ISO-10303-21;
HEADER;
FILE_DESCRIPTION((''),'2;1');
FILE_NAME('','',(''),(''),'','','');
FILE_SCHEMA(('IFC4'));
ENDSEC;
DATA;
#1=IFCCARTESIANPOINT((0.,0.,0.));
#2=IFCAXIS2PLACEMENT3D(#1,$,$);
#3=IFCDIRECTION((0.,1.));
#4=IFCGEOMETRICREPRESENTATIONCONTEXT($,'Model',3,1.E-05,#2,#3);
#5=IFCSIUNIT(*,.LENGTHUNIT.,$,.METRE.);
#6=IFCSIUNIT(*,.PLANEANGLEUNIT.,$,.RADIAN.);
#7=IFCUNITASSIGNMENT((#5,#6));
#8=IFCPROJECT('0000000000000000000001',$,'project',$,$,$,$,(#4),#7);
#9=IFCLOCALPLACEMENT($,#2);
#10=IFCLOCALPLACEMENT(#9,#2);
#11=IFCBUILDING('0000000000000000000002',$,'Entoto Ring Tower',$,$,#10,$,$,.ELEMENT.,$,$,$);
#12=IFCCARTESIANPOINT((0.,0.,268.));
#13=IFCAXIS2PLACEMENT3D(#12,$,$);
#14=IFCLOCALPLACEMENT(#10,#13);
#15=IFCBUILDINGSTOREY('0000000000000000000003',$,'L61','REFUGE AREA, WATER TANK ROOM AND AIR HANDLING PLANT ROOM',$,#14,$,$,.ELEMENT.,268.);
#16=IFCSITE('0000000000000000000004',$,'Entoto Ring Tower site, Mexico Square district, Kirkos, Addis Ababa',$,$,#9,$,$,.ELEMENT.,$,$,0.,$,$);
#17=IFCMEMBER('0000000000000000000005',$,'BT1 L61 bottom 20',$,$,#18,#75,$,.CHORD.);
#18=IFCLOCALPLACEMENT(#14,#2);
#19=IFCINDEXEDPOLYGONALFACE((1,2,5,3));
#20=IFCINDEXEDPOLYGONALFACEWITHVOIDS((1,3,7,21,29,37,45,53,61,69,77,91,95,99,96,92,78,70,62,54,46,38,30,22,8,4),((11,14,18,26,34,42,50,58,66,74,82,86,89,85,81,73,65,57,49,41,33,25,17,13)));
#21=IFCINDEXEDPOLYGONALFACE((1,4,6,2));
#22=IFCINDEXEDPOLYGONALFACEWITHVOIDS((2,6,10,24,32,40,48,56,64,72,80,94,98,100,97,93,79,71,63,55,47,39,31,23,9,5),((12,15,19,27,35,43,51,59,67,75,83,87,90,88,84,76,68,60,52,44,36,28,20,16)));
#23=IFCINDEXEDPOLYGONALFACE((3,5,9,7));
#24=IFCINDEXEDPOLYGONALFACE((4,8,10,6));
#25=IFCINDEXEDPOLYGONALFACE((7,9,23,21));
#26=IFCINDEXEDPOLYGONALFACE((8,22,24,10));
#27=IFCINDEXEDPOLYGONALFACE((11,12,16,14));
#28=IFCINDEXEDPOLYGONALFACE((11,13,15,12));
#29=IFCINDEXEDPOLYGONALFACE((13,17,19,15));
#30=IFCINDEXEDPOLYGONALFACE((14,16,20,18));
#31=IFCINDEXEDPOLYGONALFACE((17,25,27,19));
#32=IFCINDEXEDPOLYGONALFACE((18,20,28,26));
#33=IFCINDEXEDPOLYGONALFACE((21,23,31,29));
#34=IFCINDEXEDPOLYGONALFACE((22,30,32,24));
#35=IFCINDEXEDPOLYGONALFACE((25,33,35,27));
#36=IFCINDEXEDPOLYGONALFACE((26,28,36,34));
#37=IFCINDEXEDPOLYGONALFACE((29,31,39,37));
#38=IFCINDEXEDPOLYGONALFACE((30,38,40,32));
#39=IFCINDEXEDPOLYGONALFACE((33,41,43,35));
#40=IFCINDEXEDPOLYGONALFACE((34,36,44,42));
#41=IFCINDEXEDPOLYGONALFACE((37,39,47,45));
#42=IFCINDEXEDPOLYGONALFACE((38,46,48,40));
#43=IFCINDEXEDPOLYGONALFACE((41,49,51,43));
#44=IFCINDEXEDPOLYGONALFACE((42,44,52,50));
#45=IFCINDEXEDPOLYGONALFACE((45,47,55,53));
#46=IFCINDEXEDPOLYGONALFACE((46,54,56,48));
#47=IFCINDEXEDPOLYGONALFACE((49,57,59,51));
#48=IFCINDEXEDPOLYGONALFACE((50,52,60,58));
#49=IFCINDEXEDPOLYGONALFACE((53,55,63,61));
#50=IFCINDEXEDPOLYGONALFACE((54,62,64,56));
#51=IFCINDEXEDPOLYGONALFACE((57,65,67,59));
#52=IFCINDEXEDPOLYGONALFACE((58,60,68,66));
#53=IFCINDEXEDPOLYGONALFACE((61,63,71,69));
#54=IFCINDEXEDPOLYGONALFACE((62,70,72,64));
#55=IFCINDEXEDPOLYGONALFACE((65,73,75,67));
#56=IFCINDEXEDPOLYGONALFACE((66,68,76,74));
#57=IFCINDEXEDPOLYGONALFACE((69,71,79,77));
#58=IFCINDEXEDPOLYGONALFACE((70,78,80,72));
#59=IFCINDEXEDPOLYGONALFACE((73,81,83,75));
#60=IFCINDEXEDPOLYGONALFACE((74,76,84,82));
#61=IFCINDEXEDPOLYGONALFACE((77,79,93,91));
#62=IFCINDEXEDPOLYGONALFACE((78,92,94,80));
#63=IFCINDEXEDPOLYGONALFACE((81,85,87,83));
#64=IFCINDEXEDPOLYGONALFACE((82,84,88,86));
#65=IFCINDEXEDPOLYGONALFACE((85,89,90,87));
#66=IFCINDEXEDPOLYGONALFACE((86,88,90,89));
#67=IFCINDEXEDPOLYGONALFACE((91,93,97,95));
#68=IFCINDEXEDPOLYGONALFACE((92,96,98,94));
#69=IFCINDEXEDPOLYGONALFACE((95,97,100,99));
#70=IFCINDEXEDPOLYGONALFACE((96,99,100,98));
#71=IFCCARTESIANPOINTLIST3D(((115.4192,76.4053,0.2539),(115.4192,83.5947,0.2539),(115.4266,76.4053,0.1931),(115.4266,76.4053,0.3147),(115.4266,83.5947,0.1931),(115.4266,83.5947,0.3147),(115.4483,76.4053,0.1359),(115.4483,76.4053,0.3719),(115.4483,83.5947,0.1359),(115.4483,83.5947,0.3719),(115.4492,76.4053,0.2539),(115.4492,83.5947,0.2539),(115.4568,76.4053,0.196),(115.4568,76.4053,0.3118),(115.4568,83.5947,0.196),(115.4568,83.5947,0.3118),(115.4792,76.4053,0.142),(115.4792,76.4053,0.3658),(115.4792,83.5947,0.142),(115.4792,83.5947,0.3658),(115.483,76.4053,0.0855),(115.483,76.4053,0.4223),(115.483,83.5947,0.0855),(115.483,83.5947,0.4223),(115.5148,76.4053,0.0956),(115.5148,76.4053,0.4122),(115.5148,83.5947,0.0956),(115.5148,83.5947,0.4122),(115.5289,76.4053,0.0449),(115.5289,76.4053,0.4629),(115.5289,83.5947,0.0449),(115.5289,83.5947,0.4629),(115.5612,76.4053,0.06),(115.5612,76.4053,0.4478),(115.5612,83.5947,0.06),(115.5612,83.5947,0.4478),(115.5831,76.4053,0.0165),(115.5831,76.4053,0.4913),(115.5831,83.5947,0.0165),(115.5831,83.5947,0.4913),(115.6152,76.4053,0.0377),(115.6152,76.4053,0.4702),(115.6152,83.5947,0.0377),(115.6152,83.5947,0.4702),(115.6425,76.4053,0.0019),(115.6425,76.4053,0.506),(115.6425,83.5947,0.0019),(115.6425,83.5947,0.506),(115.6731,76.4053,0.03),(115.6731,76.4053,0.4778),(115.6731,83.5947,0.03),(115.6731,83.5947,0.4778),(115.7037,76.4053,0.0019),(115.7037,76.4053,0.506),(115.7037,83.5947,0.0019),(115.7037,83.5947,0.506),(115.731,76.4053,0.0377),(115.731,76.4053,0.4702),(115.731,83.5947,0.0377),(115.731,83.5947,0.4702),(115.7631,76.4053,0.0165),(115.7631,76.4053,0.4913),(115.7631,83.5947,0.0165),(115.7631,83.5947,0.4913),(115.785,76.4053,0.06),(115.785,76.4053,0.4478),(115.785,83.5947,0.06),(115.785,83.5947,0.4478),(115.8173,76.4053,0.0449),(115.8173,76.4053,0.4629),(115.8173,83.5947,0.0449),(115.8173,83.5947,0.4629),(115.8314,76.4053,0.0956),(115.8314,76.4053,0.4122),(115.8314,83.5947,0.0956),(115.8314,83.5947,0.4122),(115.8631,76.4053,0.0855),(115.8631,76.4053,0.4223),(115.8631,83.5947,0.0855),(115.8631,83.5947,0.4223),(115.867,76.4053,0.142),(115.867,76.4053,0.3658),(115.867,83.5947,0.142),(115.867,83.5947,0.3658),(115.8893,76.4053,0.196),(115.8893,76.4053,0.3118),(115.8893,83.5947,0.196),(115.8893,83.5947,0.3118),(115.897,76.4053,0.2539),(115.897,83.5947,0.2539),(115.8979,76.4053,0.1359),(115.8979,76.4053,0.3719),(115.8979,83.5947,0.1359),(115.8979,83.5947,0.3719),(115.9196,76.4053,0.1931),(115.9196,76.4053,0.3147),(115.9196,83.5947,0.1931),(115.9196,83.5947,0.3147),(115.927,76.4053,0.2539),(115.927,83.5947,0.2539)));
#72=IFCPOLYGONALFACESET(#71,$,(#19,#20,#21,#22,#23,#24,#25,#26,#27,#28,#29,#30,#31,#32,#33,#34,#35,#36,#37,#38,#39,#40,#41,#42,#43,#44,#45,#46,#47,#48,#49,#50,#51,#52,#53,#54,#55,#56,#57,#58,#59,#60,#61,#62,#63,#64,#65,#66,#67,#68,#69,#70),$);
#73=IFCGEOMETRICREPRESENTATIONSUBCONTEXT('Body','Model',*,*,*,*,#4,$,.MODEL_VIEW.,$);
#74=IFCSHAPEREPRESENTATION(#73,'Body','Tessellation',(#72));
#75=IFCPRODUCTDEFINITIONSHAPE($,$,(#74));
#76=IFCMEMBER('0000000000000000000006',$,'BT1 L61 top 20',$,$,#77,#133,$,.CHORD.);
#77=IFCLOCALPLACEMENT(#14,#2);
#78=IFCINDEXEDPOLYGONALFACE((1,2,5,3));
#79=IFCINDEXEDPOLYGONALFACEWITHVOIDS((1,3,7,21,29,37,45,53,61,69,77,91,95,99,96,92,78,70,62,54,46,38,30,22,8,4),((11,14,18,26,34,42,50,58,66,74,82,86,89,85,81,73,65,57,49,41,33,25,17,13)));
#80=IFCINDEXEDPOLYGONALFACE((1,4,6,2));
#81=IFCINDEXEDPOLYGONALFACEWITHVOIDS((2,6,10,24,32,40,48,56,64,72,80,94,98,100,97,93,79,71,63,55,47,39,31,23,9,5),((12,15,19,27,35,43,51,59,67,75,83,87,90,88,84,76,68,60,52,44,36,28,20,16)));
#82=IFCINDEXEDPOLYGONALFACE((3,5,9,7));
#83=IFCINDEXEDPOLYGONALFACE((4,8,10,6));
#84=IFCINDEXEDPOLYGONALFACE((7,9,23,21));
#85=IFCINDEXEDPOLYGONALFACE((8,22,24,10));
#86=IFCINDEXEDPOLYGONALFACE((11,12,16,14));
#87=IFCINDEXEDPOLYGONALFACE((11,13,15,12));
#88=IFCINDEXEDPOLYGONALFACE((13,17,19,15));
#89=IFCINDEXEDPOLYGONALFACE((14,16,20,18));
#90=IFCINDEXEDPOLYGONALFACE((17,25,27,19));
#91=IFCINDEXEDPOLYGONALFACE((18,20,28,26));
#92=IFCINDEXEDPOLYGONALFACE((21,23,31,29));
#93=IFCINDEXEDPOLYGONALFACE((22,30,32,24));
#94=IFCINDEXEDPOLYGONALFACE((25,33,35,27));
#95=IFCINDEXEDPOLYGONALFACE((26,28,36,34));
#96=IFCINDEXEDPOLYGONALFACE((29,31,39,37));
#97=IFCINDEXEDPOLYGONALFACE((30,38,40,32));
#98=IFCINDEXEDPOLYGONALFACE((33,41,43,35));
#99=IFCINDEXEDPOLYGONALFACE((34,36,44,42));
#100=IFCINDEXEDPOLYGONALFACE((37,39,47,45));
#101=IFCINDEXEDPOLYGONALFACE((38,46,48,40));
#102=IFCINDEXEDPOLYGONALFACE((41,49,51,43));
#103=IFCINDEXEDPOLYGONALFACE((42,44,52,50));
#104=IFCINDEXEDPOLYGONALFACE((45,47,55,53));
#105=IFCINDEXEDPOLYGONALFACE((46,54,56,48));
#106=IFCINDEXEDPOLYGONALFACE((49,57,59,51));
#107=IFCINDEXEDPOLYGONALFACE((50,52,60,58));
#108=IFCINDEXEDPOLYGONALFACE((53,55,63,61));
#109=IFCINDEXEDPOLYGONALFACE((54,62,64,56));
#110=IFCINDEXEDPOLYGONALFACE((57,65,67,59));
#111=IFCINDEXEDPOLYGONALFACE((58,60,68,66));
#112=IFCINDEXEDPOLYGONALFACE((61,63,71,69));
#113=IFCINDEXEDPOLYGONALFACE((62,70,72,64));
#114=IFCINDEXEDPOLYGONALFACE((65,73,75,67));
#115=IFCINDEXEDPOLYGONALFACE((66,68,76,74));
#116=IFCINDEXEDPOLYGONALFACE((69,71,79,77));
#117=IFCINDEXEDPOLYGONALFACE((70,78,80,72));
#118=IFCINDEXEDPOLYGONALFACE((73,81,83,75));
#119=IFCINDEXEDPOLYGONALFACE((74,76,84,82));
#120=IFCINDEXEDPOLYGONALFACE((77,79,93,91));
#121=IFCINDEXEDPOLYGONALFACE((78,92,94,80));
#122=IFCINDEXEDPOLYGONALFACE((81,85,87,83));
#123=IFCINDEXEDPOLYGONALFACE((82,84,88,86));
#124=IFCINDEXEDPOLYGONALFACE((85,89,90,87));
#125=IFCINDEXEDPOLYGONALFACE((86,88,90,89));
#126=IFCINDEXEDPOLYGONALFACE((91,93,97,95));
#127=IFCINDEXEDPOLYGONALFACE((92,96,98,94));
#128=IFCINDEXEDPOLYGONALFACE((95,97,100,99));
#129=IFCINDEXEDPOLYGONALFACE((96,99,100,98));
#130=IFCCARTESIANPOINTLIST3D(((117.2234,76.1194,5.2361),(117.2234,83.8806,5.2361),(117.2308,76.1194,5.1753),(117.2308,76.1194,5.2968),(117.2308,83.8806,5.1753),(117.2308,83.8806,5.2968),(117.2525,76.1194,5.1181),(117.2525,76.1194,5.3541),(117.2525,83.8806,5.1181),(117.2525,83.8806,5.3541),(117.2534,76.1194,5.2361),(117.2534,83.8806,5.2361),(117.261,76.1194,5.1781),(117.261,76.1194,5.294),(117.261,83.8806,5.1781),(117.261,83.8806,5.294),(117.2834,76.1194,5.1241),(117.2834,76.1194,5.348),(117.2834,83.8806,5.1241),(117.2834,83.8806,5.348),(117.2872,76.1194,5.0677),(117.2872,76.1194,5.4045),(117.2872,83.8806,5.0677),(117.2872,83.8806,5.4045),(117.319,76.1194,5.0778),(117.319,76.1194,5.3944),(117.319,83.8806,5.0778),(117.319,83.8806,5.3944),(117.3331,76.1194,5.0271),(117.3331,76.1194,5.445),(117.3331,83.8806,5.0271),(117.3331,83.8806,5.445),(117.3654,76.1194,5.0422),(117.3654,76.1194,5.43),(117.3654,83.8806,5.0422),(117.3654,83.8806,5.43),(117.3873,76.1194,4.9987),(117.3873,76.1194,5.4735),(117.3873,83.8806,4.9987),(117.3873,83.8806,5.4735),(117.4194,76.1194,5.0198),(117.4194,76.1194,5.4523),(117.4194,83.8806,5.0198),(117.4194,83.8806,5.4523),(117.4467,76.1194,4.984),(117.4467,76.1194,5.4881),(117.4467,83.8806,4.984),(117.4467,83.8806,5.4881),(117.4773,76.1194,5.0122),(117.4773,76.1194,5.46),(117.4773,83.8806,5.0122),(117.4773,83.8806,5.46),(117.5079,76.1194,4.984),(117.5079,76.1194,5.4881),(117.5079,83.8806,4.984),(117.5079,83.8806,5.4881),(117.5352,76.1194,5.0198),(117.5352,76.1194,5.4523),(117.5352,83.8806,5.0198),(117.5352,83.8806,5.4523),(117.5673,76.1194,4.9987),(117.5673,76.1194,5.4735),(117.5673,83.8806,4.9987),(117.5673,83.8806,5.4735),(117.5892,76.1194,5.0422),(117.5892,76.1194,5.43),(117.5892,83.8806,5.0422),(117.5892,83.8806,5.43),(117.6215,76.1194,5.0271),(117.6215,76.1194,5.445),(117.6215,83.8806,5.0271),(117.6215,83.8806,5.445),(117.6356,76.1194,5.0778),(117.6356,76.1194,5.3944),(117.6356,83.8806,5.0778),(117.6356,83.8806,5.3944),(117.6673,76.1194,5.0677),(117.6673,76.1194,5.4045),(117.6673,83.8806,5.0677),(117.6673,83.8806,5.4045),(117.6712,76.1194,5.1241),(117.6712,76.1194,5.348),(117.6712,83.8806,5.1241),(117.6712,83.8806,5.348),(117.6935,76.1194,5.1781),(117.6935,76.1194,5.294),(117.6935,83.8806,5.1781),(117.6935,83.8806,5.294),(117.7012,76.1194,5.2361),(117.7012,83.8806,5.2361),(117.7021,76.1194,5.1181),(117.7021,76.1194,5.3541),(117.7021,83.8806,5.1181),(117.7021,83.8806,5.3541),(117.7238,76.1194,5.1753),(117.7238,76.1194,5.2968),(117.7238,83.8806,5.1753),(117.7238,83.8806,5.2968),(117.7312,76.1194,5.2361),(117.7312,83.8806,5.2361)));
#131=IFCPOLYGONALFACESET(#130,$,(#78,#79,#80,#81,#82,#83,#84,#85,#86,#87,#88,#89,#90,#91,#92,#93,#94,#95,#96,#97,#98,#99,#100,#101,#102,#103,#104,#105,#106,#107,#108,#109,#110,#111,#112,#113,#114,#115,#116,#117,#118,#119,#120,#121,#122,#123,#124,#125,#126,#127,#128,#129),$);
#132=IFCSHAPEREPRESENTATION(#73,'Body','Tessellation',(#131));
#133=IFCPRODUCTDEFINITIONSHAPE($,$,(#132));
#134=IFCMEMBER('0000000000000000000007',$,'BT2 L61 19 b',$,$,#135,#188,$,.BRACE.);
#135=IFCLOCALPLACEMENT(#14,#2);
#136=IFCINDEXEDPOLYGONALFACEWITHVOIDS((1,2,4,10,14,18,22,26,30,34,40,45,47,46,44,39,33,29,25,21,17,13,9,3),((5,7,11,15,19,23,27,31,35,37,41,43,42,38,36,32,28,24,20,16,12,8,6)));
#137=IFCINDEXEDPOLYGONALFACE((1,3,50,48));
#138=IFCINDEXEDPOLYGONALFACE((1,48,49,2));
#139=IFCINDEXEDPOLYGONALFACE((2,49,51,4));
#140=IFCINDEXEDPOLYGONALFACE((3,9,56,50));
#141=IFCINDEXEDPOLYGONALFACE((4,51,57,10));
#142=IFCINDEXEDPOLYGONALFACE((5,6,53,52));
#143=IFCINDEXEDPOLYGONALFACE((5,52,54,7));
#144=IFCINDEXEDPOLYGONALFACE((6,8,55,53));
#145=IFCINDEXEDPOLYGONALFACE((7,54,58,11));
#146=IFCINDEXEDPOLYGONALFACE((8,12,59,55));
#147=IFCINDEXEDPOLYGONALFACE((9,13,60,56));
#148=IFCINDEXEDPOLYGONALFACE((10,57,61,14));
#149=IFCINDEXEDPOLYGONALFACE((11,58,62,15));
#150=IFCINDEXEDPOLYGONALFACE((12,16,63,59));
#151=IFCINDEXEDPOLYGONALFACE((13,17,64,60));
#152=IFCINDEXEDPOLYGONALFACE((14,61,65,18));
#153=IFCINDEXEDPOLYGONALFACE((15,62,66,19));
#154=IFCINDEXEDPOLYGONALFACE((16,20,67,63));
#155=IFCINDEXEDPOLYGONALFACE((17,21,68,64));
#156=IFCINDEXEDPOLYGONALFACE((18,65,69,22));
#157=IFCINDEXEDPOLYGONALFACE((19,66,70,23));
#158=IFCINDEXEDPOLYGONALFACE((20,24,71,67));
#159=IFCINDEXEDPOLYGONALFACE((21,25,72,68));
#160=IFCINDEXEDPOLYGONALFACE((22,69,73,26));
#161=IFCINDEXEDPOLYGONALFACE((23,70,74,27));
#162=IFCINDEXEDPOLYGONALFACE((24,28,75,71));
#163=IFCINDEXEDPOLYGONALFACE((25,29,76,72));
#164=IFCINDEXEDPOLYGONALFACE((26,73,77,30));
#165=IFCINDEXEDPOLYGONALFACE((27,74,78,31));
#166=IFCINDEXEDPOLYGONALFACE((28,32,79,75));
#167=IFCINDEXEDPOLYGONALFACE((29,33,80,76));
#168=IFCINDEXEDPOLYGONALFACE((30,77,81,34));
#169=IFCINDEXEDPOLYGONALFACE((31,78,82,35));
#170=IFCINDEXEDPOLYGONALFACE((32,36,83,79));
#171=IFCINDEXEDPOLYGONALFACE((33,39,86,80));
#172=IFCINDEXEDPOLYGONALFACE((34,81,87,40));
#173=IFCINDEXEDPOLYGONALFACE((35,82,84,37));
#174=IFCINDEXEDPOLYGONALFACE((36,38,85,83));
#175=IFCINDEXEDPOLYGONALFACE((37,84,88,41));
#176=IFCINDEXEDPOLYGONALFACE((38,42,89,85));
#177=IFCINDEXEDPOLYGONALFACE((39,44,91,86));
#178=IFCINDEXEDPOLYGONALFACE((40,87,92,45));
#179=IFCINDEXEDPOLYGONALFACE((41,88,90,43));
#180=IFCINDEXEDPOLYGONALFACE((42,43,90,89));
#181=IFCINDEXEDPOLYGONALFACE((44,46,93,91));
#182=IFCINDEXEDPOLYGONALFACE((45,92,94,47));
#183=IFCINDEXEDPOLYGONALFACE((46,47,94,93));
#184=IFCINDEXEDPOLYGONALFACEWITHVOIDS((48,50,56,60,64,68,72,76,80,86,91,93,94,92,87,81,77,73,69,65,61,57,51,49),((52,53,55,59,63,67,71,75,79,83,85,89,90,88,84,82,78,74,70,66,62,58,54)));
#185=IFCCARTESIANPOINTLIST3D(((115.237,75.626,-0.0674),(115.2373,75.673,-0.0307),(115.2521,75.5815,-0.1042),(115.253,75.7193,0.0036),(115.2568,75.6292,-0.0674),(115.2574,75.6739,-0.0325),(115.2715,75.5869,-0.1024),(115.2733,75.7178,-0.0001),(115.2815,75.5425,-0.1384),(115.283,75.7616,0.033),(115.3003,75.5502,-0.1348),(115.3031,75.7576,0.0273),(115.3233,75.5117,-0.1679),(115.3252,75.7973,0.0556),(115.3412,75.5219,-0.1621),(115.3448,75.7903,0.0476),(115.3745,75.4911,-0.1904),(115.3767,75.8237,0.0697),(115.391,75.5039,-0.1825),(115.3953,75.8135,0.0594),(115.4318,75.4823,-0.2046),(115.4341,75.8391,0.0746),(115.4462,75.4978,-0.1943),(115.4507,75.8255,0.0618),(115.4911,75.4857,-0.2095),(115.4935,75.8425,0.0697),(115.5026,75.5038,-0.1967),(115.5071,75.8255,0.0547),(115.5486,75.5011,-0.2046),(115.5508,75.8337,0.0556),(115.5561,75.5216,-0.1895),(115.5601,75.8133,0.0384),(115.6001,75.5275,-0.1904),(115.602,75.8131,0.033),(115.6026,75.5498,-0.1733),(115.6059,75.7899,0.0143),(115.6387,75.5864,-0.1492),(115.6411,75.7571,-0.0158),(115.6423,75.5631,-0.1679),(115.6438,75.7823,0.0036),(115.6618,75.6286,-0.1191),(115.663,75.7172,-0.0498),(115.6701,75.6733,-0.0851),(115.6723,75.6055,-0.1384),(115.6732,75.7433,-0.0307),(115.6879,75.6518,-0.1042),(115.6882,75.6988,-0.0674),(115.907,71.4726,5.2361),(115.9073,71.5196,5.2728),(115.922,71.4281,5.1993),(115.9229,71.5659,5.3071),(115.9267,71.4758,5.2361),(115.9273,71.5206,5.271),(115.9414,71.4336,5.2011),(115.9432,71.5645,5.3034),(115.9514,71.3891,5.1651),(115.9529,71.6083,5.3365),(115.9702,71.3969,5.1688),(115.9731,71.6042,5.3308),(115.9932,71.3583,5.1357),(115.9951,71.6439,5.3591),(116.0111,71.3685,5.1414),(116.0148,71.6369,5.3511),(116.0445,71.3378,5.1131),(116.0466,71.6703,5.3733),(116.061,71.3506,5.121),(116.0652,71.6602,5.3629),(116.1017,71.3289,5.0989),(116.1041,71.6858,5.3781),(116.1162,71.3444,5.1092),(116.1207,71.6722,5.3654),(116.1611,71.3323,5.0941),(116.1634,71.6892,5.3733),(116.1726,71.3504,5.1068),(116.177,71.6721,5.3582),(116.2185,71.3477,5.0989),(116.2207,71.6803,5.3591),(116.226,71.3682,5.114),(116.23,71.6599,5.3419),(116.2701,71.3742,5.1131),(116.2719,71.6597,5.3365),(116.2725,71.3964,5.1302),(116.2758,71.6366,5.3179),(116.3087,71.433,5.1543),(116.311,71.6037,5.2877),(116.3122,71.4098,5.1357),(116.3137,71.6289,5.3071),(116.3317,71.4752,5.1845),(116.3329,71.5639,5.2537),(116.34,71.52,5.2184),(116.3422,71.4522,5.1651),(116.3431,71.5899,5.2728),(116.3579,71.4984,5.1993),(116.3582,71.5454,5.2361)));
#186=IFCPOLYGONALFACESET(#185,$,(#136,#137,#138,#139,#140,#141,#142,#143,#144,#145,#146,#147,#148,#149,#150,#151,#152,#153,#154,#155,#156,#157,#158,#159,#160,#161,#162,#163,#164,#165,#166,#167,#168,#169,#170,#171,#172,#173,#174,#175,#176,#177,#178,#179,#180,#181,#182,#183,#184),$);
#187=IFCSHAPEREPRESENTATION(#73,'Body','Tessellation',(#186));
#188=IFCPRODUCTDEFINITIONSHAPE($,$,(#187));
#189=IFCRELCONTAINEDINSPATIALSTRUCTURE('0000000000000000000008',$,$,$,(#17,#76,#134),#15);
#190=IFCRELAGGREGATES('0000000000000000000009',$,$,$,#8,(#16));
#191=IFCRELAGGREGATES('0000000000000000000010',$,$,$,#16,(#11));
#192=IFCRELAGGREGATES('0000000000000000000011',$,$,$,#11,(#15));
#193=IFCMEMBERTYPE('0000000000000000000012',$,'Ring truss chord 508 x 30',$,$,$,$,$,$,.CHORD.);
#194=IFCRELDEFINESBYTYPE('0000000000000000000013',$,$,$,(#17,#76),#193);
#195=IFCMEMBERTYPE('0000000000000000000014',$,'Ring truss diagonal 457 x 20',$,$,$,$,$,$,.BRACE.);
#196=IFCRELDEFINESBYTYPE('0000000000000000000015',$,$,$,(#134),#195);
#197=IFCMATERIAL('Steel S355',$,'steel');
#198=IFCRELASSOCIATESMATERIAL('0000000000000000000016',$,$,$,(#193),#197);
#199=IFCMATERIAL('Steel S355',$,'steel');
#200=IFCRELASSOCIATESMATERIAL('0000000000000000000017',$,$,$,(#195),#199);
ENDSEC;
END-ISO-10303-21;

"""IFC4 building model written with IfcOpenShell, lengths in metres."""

from ifc_helpers import new_model, si_unit, direction, frame, origin, origin_2d, place, context, subcontext, project, spatial, circle, hollow_circle, extrude, material, material_profile, profile_set, type_object, element, save


model = new_model("IFC4")

# Units and contexts
model_context = context("Model", 3, precision=1e-05, world=origin(), true_north=direction((0.0, 1.0)))
body_context = subcontext(model_context, "Body", "Model", "MODEL_VIEW")
ifc_project = project(units=[si_unit("LENGTHUNIT", "METRE"), si_unit("PLANEANGLEUNIT", "RADIAN")], contexts=[model_context])

# Site, building, storey
site_placement = place(None, origin())
site = spatial("IfcSite", under=ifc_project, at=site_placement, Name="Entoto Ring Tower site, Mexico Square district, Kirkos, Addis Ababa", CompositionType="ELEMENT", RefElevation=0.0)
building_placement = place(site_placement, origin())
building = spatial("IfcBuilding", under=site, at=building_placement, Name="Entoto Ring Tower", CompositionType="ELEMENT")
storey_placement = place(building_placement, frame((0.0, 0.0, 268.0)))
storey = spatial("IfcBuildingStorey", under=building, at=storey_placement, Name="L61", Description="REFUGE AREA, WATER TANK ROOM AND AIR HANDLING PLANT ROOM", CompositionType="ELEMENT", Elevation=268.0)

# Members
ifc_material_1 = material(Name="Steel S355", Category="steel")
ifc_material_profile_1 = material_profile(ifc_material_1, hollow_circle(Radius=0.2539, WallThickness=0.03, at=origin_2d()), Name="CHS 508 x 30")
ifc_material_2 = material(Name="Concrete C60/75", Category="concrete")
ifc_material_profile_2 = material_profile(ifc_material_2, circle(Radius=0.2241, at=origin_2d()), Name="Concrete C60/75 infill")
ifc_profile_set_1 = profile_set([ifc_material_profile_1, ifc_material_profile_2], Name="Steel S355")
member_type_1 = type_object("IfcMemberType", Name="Ring truss chord 508 x 30", PredefinedType="CHORD", material=ifc_profile_set_1)
member_1_placement = place(storey_placement, frame((115.6731, 76.4053, 0.2539), z_axis=(0.0, 1.0, 0.0), x_axis=(-1.0, 0.0, 0.0)))
element("IfcMember", 1, at=member_1_placement, inside=storey, type_object=member_type_1, Name="BT1 L61 bottom 20", PredefinedType="CHORD", context=body_context, shape_type="SweptSolid", body=[
    extrude(hollow_circle(Radius=0.2539, WallThickness=0.03, at=origin_2d()), origin(), (0.0, 0.0, 1.0), 7.1895),
])
member_2_placement = place(storey_placement, frame((117.4773, 76.1194, 5.2361), z_axis=(0.0, 1.0, 0.0), x_axis=(-1.0, 0.0, 0.0)))
element("IfcMember", 2, at=member_2_placement, inside=storey, type_object=member_type_1, Name="BT1 L61 top 20", PredefinedType="CHORD", context=body_context, shape_type="SweptSolid", body=[
    extrude(hollow_circle(Radius=0.2539, WallThickness=0.03, at=origin_2d()), origin(), (0.0, 0.0, 1.0), 7.7612),
])
ifc_material_3 = material(Name="Steel S355", Category="steel")
ifc_material_profile_3 = material_profile(ifc_material_3, hollow_circle(Radius=0.2285, WallThickness=0.02, at=origin_2d()), Name="CHS 457 x 20")
ifc_material_4 = material(Name="Concrete C60/75", Category="concrete")
ifc_material_profile_4 = material_profile(ifc_material_4, circle(Radius=0.2085, at=origin_2d()), Name="Concrete C60/75 infill")
ifc_profile_set_2 = profile_set([ifc_material_profile_3, ifc_material_profile_4], Name="Steel S355")
member_type_2 = type_object("IfcMemberType", Name="Ring truss diagonal 457 x 20", PredefinedType="BRACE", material=ifc_profile_set_2)
for number, where, z_axis, x_axis, name in (
    (3, (116.1326, 71.509, 5.2361), (-0.098962, 0.613538, -0.78344), (-0.98724, -0.15924, 0.0), "BT2 L61 19 b"),
):
    element("IfcMember", number, at=place(storey_placement, frame(where, z_axis=z_axis, x_axis=x_axis)), inside=storey, type_object=member_type_2, Name=name, PredefinedType="BRACE", context=body_context, shape_type="SweptSolid", body=[
        extrude(hollow_circle(Radius=0.2285, WallThickness=0.02, at=origin_2d()), origin(), (0.0, 0.0, 1.0), 6.7695),
    ])

save(model, "model.ifc")
